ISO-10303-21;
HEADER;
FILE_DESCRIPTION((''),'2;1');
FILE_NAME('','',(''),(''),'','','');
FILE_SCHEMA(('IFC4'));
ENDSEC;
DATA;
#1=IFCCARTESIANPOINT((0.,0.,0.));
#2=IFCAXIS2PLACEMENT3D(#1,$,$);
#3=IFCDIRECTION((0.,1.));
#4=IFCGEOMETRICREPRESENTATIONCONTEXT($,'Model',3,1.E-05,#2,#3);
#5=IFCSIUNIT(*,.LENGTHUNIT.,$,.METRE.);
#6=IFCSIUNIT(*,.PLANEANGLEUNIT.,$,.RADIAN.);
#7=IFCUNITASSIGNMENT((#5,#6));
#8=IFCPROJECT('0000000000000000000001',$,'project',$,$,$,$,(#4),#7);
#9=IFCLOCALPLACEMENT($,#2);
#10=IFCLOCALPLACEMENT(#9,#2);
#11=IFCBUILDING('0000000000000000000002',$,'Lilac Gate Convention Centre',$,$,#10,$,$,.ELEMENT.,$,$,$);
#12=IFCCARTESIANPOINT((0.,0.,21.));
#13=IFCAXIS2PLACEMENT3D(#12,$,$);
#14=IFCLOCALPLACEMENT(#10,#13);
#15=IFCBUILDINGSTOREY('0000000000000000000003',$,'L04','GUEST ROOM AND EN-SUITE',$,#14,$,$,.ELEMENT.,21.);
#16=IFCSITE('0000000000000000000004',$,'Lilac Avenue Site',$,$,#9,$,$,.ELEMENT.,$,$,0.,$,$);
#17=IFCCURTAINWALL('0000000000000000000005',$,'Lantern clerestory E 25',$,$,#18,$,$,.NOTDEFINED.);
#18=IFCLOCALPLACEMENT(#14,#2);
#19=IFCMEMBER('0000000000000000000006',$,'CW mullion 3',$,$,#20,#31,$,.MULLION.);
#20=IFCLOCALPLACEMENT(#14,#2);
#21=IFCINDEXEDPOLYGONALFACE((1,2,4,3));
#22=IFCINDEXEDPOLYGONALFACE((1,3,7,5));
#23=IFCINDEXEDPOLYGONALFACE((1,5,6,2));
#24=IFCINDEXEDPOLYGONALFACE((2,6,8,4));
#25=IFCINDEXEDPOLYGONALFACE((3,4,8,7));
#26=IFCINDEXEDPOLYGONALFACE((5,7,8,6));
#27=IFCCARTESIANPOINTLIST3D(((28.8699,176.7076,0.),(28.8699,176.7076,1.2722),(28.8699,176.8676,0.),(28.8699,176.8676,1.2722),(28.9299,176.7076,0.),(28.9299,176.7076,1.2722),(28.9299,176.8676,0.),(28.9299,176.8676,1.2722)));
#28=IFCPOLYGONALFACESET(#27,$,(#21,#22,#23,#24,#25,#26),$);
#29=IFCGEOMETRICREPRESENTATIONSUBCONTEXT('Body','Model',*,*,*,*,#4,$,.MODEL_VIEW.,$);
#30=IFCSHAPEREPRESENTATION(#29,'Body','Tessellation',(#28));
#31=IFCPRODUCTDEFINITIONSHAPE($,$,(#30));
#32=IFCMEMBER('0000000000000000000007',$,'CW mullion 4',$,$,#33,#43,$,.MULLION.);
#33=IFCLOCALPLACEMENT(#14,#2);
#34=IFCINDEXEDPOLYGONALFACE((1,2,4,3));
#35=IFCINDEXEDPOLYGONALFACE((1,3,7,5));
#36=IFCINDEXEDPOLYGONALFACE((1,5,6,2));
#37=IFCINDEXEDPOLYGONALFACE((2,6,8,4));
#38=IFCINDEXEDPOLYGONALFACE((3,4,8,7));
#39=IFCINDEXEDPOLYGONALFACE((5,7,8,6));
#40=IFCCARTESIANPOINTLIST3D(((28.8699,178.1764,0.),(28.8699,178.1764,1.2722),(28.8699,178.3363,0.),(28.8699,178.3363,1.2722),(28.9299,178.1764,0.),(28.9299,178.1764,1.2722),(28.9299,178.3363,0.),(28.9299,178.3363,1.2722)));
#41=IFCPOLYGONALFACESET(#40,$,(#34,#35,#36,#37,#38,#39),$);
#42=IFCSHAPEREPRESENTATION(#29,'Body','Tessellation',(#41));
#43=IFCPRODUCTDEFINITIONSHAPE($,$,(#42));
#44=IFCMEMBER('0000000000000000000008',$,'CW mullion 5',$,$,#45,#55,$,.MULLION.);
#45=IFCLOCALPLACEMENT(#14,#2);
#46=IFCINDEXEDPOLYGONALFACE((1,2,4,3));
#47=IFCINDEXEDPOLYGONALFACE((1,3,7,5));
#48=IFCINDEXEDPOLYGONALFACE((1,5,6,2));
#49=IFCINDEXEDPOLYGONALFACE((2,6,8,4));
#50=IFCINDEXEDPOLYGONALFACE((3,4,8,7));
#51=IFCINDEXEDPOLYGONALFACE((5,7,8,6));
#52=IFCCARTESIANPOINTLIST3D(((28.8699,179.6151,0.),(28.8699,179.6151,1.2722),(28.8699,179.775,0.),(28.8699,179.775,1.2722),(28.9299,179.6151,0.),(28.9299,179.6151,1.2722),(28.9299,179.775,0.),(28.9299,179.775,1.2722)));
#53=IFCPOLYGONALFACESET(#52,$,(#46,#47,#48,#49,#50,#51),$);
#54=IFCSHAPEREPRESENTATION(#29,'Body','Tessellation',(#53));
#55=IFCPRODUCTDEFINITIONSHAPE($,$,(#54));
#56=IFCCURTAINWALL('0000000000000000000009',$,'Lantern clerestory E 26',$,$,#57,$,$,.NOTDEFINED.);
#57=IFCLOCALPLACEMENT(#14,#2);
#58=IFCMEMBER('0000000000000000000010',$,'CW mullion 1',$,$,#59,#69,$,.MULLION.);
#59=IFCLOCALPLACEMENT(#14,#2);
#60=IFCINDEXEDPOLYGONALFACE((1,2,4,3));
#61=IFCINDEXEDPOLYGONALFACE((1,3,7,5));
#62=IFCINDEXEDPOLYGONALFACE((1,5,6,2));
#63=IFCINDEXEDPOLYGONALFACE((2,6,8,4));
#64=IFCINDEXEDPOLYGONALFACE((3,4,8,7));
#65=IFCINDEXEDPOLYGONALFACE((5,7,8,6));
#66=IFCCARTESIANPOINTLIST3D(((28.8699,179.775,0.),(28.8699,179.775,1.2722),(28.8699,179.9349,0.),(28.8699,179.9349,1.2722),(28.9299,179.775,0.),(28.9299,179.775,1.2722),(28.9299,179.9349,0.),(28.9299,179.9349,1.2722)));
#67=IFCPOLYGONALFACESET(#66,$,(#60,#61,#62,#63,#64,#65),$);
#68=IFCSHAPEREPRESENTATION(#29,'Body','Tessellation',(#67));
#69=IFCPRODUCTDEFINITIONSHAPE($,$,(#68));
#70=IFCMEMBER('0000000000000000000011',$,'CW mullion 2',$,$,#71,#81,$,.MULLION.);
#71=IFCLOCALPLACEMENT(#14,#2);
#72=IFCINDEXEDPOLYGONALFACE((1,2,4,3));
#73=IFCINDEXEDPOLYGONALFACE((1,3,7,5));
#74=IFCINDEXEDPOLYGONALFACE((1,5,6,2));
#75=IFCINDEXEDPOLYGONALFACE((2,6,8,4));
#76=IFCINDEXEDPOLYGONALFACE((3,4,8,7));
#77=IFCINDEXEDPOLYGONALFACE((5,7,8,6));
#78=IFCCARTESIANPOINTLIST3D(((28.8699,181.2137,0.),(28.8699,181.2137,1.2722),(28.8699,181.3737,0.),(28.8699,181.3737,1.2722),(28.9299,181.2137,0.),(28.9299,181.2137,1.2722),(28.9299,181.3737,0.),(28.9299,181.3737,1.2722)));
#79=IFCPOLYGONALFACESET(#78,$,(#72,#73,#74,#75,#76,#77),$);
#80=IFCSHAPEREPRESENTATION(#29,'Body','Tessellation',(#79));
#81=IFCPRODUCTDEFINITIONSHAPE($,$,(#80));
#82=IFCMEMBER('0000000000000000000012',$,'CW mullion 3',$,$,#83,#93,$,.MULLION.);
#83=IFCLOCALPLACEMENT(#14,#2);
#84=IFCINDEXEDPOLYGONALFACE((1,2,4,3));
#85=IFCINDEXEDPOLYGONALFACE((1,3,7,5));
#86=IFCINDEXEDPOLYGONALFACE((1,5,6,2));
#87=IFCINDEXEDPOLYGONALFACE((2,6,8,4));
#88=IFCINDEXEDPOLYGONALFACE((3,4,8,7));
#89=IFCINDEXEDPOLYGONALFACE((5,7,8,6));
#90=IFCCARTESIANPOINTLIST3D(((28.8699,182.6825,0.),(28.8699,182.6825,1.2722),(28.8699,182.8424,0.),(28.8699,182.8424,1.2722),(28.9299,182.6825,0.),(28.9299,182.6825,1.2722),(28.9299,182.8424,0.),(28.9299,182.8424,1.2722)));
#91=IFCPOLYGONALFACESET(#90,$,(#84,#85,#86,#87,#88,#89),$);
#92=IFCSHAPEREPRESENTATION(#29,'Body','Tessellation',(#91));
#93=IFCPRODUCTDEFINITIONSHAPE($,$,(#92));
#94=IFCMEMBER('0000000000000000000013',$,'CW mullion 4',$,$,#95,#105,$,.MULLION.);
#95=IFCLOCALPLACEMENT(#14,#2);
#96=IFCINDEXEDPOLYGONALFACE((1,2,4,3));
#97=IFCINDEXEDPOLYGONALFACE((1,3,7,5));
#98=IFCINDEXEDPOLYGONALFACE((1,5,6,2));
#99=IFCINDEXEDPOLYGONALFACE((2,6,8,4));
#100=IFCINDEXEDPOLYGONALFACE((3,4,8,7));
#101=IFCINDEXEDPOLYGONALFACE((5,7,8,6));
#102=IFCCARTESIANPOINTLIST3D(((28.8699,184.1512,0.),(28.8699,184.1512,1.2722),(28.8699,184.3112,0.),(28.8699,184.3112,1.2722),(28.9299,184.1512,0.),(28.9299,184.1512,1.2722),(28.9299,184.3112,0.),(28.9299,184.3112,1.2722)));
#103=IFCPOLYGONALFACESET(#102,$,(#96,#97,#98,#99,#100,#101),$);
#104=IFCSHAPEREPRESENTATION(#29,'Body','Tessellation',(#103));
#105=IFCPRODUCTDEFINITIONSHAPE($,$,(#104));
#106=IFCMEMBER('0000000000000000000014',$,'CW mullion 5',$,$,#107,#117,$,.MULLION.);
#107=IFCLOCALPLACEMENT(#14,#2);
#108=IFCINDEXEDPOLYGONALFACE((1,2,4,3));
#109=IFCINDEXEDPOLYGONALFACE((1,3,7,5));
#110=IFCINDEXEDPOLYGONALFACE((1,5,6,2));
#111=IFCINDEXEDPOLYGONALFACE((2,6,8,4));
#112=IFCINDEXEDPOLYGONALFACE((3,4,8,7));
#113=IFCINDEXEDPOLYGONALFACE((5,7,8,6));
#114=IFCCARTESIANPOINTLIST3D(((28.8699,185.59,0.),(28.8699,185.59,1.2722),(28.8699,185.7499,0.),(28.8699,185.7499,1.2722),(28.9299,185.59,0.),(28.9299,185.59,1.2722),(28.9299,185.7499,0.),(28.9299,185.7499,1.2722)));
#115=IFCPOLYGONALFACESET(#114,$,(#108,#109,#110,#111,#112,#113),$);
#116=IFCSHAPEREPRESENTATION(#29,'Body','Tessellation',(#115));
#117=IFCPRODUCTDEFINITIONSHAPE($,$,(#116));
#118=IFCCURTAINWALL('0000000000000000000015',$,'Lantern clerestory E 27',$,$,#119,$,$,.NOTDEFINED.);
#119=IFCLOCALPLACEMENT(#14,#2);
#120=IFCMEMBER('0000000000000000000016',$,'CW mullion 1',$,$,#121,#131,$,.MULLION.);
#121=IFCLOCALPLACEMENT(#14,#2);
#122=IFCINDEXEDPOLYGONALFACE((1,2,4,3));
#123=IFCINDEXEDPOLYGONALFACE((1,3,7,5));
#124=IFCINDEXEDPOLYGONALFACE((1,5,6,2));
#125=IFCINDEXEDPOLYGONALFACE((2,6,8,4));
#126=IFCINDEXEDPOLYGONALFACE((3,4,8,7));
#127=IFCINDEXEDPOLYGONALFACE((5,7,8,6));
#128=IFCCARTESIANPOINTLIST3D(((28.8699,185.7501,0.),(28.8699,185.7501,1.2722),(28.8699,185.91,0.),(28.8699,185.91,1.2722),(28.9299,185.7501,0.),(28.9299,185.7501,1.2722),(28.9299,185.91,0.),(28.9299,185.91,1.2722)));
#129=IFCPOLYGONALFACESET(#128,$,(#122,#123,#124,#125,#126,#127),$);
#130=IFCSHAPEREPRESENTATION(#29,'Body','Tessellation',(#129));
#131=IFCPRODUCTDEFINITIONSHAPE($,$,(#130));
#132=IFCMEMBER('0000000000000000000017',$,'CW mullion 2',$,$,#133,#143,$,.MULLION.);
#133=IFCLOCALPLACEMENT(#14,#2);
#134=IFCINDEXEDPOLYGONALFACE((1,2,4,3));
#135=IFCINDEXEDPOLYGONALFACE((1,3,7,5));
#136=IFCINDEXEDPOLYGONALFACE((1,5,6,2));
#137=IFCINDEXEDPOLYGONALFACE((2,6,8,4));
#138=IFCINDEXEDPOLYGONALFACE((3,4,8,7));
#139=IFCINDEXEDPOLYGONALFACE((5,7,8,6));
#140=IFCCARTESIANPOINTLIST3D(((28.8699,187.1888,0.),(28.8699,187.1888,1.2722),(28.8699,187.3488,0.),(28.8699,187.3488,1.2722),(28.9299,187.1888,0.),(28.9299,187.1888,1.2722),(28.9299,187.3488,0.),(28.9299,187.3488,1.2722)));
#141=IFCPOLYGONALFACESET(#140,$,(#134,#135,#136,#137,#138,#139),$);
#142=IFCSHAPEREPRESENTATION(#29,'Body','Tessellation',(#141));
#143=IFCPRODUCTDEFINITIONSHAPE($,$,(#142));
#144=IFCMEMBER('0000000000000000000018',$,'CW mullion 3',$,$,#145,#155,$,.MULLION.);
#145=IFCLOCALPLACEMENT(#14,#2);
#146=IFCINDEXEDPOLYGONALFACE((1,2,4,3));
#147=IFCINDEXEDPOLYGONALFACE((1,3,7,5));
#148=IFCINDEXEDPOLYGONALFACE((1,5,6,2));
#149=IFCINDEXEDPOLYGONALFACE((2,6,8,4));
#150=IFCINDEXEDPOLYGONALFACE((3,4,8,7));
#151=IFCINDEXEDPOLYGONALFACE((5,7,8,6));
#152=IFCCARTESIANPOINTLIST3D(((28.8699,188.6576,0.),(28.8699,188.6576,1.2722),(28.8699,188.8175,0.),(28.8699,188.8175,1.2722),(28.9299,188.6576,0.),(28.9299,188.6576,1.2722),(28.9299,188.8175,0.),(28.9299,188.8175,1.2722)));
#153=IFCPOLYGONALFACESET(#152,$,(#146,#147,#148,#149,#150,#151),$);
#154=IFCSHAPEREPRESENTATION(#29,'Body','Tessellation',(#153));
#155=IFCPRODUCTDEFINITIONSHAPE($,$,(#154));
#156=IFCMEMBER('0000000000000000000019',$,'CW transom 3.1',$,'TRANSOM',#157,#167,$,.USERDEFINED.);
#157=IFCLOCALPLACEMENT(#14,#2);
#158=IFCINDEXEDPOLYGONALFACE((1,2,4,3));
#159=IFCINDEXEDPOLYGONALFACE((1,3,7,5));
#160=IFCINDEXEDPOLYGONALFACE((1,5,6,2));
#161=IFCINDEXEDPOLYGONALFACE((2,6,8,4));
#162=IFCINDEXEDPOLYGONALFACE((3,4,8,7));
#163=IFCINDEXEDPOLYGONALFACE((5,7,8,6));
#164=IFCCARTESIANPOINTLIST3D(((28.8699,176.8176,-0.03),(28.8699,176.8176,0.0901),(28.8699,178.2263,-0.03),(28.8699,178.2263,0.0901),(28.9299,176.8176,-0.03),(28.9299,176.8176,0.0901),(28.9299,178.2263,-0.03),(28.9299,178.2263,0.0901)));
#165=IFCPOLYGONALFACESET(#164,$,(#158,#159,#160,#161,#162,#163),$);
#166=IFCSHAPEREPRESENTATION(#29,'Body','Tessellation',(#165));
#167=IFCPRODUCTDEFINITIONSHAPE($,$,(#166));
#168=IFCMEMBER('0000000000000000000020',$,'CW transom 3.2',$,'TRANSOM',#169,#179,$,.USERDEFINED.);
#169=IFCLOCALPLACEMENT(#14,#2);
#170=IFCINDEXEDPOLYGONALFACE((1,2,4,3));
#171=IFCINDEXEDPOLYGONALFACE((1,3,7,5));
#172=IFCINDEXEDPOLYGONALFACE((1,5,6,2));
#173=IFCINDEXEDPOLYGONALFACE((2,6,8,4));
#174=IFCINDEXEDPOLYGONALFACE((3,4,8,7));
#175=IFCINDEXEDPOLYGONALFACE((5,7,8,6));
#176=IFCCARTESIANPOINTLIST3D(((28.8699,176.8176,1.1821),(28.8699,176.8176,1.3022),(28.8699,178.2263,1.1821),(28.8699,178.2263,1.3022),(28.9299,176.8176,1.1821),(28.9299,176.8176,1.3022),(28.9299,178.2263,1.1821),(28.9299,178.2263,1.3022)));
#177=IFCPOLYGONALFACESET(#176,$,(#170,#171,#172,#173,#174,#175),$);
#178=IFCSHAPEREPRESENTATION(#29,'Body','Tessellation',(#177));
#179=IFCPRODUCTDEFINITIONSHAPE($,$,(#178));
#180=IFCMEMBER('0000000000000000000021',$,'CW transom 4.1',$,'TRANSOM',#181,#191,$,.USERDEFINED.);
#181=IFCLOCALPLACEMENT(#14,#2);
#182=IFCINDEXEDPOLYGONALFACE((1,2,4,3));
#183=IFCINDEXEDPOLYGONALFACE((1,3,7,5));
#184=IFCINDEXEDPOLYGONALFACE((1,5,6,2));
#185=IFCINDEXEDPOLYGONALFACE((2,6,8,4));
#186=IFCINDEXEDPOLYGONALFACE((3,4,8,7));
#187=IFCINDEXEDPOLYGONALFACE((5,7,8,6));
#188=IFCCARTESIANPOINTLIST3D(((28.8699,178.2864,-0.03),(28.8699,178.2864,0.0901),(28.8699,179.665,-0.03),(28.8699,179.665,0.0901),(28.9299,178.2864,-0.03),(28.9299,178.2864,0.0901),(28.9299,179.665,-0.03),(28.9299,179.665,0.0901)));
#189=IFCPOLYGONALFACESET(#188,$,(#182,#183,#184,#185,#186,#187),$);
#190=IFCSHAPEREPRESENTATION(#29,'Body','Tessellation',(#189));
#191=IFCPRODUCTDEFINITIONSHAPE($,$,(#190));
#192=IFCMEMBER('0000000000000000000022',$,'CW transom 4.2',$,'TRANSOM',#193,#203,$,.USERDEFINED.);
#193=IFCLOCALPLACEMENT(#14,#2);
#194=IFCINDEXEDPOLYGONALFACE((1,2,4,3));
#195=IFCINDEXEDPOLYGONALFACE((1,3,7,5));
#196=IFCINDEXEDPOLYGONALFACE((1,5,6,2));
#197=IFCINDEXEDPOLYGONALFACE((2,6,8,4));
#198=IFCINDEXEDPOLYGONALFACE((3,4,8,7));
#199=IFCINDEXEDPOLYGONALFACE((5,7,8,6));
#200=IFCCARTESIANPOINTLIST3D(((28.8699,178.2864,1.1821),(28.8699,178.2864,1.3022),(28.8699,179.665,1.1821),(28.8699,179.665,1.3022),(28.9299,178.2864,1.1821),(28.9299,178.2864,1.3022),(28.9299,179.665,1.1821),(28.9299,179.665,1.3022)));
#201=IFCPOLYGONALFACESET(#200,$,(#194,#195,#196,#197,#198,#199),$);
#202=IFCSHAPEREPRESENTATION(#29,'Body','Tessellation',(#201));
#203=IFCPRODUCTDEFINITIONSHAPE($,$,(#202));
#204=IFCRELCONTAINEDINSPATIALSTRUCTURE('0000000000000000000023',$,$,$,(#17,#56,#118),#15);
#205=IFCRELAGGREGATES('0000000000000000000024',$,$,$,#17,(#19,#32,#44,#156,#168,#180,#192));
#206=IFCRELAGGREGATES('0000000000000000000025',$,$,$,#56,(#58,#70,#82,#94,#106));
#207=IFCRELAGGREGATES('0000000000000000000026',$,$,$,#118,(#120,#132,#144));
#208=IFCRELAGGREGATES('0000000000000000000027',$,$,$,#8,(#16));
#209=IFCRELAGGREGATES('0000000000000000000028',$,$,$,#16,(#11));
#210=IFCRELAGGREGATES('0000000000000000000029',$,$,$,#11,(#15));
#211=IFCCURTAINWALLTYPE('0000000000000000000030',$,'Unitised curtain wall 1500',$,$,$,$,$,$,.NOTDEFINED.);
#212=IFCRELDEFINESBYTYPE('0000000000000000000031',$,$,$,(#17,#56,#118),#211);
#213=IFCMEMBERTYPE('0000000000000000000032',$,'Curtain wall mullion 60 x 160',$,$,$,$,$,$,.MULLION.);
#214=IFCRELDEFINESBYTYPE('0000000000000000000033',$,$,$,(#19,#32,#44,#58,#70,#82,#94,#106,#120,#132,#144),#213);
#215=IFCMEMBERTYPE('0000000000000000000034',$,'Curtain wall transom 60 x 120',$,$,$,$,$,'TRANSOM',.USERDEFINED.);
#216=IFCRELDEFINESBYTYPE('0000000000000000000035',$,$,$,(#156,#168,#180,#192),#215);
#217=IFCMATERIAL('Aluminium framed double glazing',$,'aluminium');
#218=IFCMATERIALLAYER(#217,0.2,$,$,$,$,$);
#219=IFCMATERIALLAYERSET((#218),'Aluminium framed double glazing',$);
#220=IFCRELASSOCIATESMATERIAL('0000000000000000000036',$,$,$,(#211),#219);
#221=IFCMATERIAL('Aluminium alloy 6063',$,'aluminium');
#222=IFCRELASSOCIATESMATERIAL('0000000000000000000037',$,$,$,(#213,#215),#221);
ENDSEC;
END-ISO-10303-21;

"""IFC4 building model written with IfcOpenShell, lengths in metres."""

from ifc_helpers import new_model, si_unit, direction, frame, origin, origin_2d, place, context, subcontext, project, spatial, rectangle, extrude, material, layer, layer_set, material_profile, profile_set, type_object, element, aggregate, save


model = new_model("IFC4")

# Units and contexts
model_context = context("Model", 3, precision=1e-05, world=origin(), true_north=direction((0.0, 1.0)))
body_context = subcontext(model_context, "Body", "Model", "MODEL_VIEW")
ifc_project = project(units=[si_unit("LENGTHUNIT", "METRE"), si_unit("PLANEANGLEUNIT", "RADIAN")], contexts=[model_context])

# Site, building, storey
site_placement = place(None, origin())
site = spatial("IfcSite", under=ifc_project, at=site_placement, Name="Lilac Avenue Site", CompositionType="ELEMENT", RefElevation=0.0)
building_placement = place(site_placement, origin())
building = spatial("IfcBuilding", under=site, at=building_placement, Name="Lilac Gate Convention Centre", CompositionType="ELEMENT")
storey_placement = place(building_placement, frame((0.0, 0.0, 21.0)))
storey = spatial("IfcBuildingStorey", under=building, at=storey_placement, Name="L04", Description="GUEST ROOM AND EN-SUITE", CompositionType="ELEMENT", Elevation=21.0)

# Curtain walls, members
ifc_material_1 = material(Name="Aluminium framed double glazing", Category="aluminium")
ifc_layer_1 = layer(ifc_material_1, 0.2)
ifc_layer_set_1 = layer_set([ifc_layer_1], Name="Aluminium framed double glazing")
curtain_wall_type = type_object("IfcCurtainWallType", Name="Unitised curtain wall 1500", PredefinedType="NOTDEFINED", material=ifc_layer_set_1)
curtain_wall_1_placement = place(storey_placement, origin())
curtain_wall_1 = element("IfcCurtainWall", 1, at=curtain_wall_1_placement, inside=storey, type_object=curtain_wall_type, Name="Lantern clerestory E 25", PredefinedType="NOTDEFINED")
ifc_material_2 = material(Name="Aluminium alloy 6063", Category="aluminium")
ifc_material_profile_1 = material_profile(ifc_material_2, rectangle(XDim=0.0601, YDim=0.1599, at=origin_2d()), Name="Curtain wall mullion 60 x 160")
ifc_profile_set_1 = profile_set([ifc_material_profile_1], Name="Aluminium alloy 6063")
member_type_1 = type_object("IfcMemberType", Name="Curtain wall mullion 60 x 160", PredefinedType="MULLION", material=ifc_profile_set_1)
member_1_placement = place(storey_placement, frame((28.8999, 176.7876, 0.0), z_axis=(0.0, 0.0, 1.0), x_axis=(-1.0, 0.0, 0.0)))
member_1 = element("IfcMember", 2, at=member_1_placement, type_object=member_type_1, Name="CW mullion 3", PredefinedType="MULLION", context=body_context, shape_type="SweptSolid", body=[
    extrude(rectangle(XDim=0.0601, YDim=0.1599, at=origin_2d()), origin(), (0.0, 0.0, 1.0), 1.2722),
])
member_2_placement = place(storey_placement, frame((28.8999, 178.2563, 0.0), z_axis=(0.0, 0.0, 1.0), x_axis=(-1.0, 0.0, 0.0)))
member_2 = element("IfcMember", 3, at=member_2_placement, type_object=member_type_1, Name="CW mullion 4", PredefinedType="MULLION", context=body_context, shape_type="SweptSolid", body=[
    extrude(rectangle(XDim=0.0601, YDim=0.1599, at=origin_2d()), origin(), (0.0, 0.0, 1.0), 1.2722),
])
member_3_placement = place(storey_placement, frame((28.8999, 179.6951, 0.0), z_axis=(0.0, 0.0, 1.0), x_axis=(-1.0, 0.0, 0.0)))
member_3 = element("IfcMember", 4, at=member_3_placement, type_object=member_type_1, Name="CW mullion 5", PredefinedType="MULLION", context=body_context, shape_type="SweptSolid", body=[
    extrude(rectangle(XDim=0.0601, YDim=0.1599, at=origin_2d()), origin(), (0.0, 0.0, 1.0), 1.2722),
])
curtain_wall_2_placement = place(storey_placement, origin())
curtain_wall_2 = element("IfcCurtainWall", 5, at=curtain_wall_2_placement, inside=storey, type_object=curtain_wall_type, Name="Lantern clerestory E 26", PredefinedType="NOTDEFINED")
member_4_placement = place(storey_placement, frame((28.8999, 179.855, 0.0), z_axis=(0.0, 0.0, 1.0), x_axis=(-1.0, 0.0, 0.0)))
member_4 = element("IfcMember", 6, at=member_4_placement, type_object=member_type_1, Name="CW mullion 1", PredefinedType="MULLION", context=body_context, shape_type="SweptSolid", body=[
    extrude(rectangle(XDim=0.0601, YDim=0.1599, at=origin_2d()), origin(), (0.0, 0.0, 1.0), 1.2722),
])
member_5_placement = place(storey_placement, frame((28.8999, 181.2937, 0.0), z_axis=(0.0, 0.0, 1.0), x_axis=(-1.0, 0.0, 0.0)))
member_5 = element("IfcMember", 7, at=member_5_placement, type_object=member_type_1, Name="CW mullion 2", PredefinedType="MULLION", context=body_context, shape_type="SweptSolid", body=[
    extrude(rectangle(XDim=0.0601, YDim=0.1599, at=origin_2d()), origin(), (0.0, 0.0, 1.0), 1.2722),
])
member_6_placement = place(storey_placement, frame((28.8999, 182.7625, 0.0), z_axis=(0.0, 0.0, 1.0), x_axis=(-1.0, 0.0, 0.0)))
member_6 = element("IfcMember", 8, at=member_6_placement, type_object=member_type_1, Name="CW mullion 3", PredefinedType="MULLION", context=body_context, shape_type="SweptSolid", body=[
    extrude(rectangle(XDim=0.0601, YDim=0.1599, at=origin_2d()), origin(), (0.0, 0.0, 1.0), 1.2722),
])
member_7_placement = place(storey_placement, frame((28.8999, 184.2312, 0.0), z_axis=(0.0, 0.0, 1.0), x_axis=(-1.0, 0.0, 0.0)))
member_7 = element("IfcMember", 9, at=member_7_placement, type_object=member_type_1, Name="CW mullion 4", PredefinedType="MULLION", context=body_context, shape_type="SweptSolid", body=[
    extrude(rectangle(XDim=0.0601, YDim=0.1599, at=origin_2d()), origin(), (0.0, 0.0, 1.0), 1.2722),
])
member_8_placement = place(storey_placement, frame((28.8999, 185.6699, 0.0), z_axis=(0.0, 0.0, 1.0), x_axis=(-1.0, 0.0, 0.0)))
member_8 = element("IfcMember", 10, at=member_8_placement, type_object=member_type_1, Name="CW mullion 5", PredefinedType="MULLION", context=body_context, shape_type="SweptSolid", body=[
    extrude(rectangle(XDim=0.0601, YDim=0.1599, at=origin_2d()), origin(), (0.0, 0.0, 1.0), 1.2722),
])
curtain_wall_3_placement = place(storey_placement, origin())
curtain_wall_3 = element("IfcCurtainWall", 11, at=curtain_wall_3_placement, inside=storey, type_object=curtain_wall_type, Name="Lantern clerestory E 27", PredefinedType="NOTDEFINED")
member_9_placement = place(storey_placement, frame((28.8999, 185.8301, 0.0), z_axis=(0.0, 0.0, 1.0), x_axis=(-1.0, 0.0, 0.0)))
member_9 = element("IfcMember", 12, at=member_9_placement, type_object=member_type_1, Name="CW mullion 1", PredefinedType="MULLION", context=body_context, shape_type="SweptSolid", body=[
    extrude(rectangle(XDim=0.0601, YDim=0.1599, at=origin_2d()), origin(), (0.0, 0.0, 1.0), 1.2722),
])
member_10_placement = place(storey_placement, frame((28.8999, 187.2688, 0.0), z_axis=(0.0, 0.0, 1.0), x_axis=(-1.0, 0.0, 0.0)))
member_10 = element("IfcMember", 13, at=member_10_placement, type_object=member_type_1, Name="CW mullion 2", PredefinedType="MULLION", context=body_context, shape_type="SweptSolid", body=[
    extrude(rectangle(XDim=0.0601, YDim=0.1599, at=origin_2d()), origin(), (0.0, 0.0, 1.0), 1.2722),
])
member_11_placement = place(storey_placement, frame((28.8999, 188.7375, 0.0), z_axis=(0.0, 0.0, 1.0), x_axis=(-1.0, 0.0, 0.0)))
member_11 = element("IfcMember", 14, at=member_11_placement, type_object=member_type_1, Name="CW mullion 3", PredefinedType="MULLION", context=body_context, shape_type="SweptSolid", body=[
    extrude(rectangle(XDim=0.0601, YDim=0.1599, at=origin_2d()), origin(), (0.0, 0.0, 1.0), 1.2722),
])

# Members
ifc_material_profile_2 = material_profile(ifc_material_2, rectangle(XDim=0.0601, YDim=0.1201, at=origin_2d()), Name="Curtain wall transom 60 x 120")
ifc_profile_set_2 = profile_set([ifc_material_profile_2], Name="Aluminium alloy 6063")
member_type_2 = type_object("IfcMemberType", Name="Curtain wall transom 60 x 120", ElementType="TRANSOM", PredefinedType="USERDEFINED", material=ifc_profile_set_2)
member_12_placement = place(storey_placement, frame((28.8999, 176.8176, 0.03), z_axis=(0.0, 1.0, 0.0), x_axis=(-1.0, 0.0, 0.0)))
member_12 = element("IfcMember", 15, at=member_12_placement, type_object=member_type_2, Name="CW transom 3.1", ObjectType="TRANSOM", PredefinedType="USERDEFINED", context=body_context, shape_type="SweptSolid", body=[
    extrude(rectangle(XDim=0.0601, YDim=0.1201, at=origin_2d()), origin(), (0.0, 0.0, 1.0), 1.4087),
])
member_13_placement = place(storey_placement, frame((28.8999, 176.8176, 1.2422), z_axis=(0.0, 1.0, 0.0), x_axis=(-1.0, 0.0, 0.0)))
member_13 = element("IfcMember", 16, at=member_13_placement, type_object=member_type_2, Name="CW transom 3.2", ObjectType="TRANSOM", PredefinedType="USERDEFINED", context=body_context, shape_type="SweptSolid", body=[
    extrude(rectangle(XDim=0.0601, YDim=0.1201, at=origin_2d()), origin(), (0.0, 0.0, 1.0), 1.4087),
])
member_14_placement = place(storey_placement, frame((28.8999, 178.2864, 0.03), z_axis=(0.0, 1.0, 0.0), x_axis=(-1.0, 0.0, 0.0)))
member_14 = element("IfcMember", 17, at=member_14_placement, type_object=member_type_2, Name="CW transom 4.1", ObjectType="TRANSOM", PredefinedType="USERDEFINED", context=body_context, shape_type="SweptSolid", body=[
    extrude(rectangle(XDim=0.0601, YDim=0.1201, at=origin_2d()), origin(), (0.0, 0.0, 1.0), 1.3787),
])
member_15_placement = place(storey_placement, frame((28.8999, 178.2864, 1.2422), z_axis=(0.0, 1.0, 0.0), x_axis=(-1.0, 0.0, 0.0)))
member_15 = element("IfcMember", 18, at=member_15_placement, type_object=member_type_2, Name="CW transom 4.2", ObjectType="TRANSOM", PredefinedType="USERDEFINED", context=body_context, shape_type="SweptSolid", body=[
    extrude(rectangle(XDim=0.0601, YDim=0.1201, at=origin_2d()), origin(), (0.0, 0.0, 1.0), 1.3787),
])

aggregate(curtain_wall_1, [member_1, member_2, member_3, member_12, member_13, member_14, member_15])
aggregate(curtain_wall_2, [member_4, member_5, member_6, member_7, member_8])
aggregate(curtain_wall_3, [member_9, member_10, member_11])

save(model, "model.ifc")
